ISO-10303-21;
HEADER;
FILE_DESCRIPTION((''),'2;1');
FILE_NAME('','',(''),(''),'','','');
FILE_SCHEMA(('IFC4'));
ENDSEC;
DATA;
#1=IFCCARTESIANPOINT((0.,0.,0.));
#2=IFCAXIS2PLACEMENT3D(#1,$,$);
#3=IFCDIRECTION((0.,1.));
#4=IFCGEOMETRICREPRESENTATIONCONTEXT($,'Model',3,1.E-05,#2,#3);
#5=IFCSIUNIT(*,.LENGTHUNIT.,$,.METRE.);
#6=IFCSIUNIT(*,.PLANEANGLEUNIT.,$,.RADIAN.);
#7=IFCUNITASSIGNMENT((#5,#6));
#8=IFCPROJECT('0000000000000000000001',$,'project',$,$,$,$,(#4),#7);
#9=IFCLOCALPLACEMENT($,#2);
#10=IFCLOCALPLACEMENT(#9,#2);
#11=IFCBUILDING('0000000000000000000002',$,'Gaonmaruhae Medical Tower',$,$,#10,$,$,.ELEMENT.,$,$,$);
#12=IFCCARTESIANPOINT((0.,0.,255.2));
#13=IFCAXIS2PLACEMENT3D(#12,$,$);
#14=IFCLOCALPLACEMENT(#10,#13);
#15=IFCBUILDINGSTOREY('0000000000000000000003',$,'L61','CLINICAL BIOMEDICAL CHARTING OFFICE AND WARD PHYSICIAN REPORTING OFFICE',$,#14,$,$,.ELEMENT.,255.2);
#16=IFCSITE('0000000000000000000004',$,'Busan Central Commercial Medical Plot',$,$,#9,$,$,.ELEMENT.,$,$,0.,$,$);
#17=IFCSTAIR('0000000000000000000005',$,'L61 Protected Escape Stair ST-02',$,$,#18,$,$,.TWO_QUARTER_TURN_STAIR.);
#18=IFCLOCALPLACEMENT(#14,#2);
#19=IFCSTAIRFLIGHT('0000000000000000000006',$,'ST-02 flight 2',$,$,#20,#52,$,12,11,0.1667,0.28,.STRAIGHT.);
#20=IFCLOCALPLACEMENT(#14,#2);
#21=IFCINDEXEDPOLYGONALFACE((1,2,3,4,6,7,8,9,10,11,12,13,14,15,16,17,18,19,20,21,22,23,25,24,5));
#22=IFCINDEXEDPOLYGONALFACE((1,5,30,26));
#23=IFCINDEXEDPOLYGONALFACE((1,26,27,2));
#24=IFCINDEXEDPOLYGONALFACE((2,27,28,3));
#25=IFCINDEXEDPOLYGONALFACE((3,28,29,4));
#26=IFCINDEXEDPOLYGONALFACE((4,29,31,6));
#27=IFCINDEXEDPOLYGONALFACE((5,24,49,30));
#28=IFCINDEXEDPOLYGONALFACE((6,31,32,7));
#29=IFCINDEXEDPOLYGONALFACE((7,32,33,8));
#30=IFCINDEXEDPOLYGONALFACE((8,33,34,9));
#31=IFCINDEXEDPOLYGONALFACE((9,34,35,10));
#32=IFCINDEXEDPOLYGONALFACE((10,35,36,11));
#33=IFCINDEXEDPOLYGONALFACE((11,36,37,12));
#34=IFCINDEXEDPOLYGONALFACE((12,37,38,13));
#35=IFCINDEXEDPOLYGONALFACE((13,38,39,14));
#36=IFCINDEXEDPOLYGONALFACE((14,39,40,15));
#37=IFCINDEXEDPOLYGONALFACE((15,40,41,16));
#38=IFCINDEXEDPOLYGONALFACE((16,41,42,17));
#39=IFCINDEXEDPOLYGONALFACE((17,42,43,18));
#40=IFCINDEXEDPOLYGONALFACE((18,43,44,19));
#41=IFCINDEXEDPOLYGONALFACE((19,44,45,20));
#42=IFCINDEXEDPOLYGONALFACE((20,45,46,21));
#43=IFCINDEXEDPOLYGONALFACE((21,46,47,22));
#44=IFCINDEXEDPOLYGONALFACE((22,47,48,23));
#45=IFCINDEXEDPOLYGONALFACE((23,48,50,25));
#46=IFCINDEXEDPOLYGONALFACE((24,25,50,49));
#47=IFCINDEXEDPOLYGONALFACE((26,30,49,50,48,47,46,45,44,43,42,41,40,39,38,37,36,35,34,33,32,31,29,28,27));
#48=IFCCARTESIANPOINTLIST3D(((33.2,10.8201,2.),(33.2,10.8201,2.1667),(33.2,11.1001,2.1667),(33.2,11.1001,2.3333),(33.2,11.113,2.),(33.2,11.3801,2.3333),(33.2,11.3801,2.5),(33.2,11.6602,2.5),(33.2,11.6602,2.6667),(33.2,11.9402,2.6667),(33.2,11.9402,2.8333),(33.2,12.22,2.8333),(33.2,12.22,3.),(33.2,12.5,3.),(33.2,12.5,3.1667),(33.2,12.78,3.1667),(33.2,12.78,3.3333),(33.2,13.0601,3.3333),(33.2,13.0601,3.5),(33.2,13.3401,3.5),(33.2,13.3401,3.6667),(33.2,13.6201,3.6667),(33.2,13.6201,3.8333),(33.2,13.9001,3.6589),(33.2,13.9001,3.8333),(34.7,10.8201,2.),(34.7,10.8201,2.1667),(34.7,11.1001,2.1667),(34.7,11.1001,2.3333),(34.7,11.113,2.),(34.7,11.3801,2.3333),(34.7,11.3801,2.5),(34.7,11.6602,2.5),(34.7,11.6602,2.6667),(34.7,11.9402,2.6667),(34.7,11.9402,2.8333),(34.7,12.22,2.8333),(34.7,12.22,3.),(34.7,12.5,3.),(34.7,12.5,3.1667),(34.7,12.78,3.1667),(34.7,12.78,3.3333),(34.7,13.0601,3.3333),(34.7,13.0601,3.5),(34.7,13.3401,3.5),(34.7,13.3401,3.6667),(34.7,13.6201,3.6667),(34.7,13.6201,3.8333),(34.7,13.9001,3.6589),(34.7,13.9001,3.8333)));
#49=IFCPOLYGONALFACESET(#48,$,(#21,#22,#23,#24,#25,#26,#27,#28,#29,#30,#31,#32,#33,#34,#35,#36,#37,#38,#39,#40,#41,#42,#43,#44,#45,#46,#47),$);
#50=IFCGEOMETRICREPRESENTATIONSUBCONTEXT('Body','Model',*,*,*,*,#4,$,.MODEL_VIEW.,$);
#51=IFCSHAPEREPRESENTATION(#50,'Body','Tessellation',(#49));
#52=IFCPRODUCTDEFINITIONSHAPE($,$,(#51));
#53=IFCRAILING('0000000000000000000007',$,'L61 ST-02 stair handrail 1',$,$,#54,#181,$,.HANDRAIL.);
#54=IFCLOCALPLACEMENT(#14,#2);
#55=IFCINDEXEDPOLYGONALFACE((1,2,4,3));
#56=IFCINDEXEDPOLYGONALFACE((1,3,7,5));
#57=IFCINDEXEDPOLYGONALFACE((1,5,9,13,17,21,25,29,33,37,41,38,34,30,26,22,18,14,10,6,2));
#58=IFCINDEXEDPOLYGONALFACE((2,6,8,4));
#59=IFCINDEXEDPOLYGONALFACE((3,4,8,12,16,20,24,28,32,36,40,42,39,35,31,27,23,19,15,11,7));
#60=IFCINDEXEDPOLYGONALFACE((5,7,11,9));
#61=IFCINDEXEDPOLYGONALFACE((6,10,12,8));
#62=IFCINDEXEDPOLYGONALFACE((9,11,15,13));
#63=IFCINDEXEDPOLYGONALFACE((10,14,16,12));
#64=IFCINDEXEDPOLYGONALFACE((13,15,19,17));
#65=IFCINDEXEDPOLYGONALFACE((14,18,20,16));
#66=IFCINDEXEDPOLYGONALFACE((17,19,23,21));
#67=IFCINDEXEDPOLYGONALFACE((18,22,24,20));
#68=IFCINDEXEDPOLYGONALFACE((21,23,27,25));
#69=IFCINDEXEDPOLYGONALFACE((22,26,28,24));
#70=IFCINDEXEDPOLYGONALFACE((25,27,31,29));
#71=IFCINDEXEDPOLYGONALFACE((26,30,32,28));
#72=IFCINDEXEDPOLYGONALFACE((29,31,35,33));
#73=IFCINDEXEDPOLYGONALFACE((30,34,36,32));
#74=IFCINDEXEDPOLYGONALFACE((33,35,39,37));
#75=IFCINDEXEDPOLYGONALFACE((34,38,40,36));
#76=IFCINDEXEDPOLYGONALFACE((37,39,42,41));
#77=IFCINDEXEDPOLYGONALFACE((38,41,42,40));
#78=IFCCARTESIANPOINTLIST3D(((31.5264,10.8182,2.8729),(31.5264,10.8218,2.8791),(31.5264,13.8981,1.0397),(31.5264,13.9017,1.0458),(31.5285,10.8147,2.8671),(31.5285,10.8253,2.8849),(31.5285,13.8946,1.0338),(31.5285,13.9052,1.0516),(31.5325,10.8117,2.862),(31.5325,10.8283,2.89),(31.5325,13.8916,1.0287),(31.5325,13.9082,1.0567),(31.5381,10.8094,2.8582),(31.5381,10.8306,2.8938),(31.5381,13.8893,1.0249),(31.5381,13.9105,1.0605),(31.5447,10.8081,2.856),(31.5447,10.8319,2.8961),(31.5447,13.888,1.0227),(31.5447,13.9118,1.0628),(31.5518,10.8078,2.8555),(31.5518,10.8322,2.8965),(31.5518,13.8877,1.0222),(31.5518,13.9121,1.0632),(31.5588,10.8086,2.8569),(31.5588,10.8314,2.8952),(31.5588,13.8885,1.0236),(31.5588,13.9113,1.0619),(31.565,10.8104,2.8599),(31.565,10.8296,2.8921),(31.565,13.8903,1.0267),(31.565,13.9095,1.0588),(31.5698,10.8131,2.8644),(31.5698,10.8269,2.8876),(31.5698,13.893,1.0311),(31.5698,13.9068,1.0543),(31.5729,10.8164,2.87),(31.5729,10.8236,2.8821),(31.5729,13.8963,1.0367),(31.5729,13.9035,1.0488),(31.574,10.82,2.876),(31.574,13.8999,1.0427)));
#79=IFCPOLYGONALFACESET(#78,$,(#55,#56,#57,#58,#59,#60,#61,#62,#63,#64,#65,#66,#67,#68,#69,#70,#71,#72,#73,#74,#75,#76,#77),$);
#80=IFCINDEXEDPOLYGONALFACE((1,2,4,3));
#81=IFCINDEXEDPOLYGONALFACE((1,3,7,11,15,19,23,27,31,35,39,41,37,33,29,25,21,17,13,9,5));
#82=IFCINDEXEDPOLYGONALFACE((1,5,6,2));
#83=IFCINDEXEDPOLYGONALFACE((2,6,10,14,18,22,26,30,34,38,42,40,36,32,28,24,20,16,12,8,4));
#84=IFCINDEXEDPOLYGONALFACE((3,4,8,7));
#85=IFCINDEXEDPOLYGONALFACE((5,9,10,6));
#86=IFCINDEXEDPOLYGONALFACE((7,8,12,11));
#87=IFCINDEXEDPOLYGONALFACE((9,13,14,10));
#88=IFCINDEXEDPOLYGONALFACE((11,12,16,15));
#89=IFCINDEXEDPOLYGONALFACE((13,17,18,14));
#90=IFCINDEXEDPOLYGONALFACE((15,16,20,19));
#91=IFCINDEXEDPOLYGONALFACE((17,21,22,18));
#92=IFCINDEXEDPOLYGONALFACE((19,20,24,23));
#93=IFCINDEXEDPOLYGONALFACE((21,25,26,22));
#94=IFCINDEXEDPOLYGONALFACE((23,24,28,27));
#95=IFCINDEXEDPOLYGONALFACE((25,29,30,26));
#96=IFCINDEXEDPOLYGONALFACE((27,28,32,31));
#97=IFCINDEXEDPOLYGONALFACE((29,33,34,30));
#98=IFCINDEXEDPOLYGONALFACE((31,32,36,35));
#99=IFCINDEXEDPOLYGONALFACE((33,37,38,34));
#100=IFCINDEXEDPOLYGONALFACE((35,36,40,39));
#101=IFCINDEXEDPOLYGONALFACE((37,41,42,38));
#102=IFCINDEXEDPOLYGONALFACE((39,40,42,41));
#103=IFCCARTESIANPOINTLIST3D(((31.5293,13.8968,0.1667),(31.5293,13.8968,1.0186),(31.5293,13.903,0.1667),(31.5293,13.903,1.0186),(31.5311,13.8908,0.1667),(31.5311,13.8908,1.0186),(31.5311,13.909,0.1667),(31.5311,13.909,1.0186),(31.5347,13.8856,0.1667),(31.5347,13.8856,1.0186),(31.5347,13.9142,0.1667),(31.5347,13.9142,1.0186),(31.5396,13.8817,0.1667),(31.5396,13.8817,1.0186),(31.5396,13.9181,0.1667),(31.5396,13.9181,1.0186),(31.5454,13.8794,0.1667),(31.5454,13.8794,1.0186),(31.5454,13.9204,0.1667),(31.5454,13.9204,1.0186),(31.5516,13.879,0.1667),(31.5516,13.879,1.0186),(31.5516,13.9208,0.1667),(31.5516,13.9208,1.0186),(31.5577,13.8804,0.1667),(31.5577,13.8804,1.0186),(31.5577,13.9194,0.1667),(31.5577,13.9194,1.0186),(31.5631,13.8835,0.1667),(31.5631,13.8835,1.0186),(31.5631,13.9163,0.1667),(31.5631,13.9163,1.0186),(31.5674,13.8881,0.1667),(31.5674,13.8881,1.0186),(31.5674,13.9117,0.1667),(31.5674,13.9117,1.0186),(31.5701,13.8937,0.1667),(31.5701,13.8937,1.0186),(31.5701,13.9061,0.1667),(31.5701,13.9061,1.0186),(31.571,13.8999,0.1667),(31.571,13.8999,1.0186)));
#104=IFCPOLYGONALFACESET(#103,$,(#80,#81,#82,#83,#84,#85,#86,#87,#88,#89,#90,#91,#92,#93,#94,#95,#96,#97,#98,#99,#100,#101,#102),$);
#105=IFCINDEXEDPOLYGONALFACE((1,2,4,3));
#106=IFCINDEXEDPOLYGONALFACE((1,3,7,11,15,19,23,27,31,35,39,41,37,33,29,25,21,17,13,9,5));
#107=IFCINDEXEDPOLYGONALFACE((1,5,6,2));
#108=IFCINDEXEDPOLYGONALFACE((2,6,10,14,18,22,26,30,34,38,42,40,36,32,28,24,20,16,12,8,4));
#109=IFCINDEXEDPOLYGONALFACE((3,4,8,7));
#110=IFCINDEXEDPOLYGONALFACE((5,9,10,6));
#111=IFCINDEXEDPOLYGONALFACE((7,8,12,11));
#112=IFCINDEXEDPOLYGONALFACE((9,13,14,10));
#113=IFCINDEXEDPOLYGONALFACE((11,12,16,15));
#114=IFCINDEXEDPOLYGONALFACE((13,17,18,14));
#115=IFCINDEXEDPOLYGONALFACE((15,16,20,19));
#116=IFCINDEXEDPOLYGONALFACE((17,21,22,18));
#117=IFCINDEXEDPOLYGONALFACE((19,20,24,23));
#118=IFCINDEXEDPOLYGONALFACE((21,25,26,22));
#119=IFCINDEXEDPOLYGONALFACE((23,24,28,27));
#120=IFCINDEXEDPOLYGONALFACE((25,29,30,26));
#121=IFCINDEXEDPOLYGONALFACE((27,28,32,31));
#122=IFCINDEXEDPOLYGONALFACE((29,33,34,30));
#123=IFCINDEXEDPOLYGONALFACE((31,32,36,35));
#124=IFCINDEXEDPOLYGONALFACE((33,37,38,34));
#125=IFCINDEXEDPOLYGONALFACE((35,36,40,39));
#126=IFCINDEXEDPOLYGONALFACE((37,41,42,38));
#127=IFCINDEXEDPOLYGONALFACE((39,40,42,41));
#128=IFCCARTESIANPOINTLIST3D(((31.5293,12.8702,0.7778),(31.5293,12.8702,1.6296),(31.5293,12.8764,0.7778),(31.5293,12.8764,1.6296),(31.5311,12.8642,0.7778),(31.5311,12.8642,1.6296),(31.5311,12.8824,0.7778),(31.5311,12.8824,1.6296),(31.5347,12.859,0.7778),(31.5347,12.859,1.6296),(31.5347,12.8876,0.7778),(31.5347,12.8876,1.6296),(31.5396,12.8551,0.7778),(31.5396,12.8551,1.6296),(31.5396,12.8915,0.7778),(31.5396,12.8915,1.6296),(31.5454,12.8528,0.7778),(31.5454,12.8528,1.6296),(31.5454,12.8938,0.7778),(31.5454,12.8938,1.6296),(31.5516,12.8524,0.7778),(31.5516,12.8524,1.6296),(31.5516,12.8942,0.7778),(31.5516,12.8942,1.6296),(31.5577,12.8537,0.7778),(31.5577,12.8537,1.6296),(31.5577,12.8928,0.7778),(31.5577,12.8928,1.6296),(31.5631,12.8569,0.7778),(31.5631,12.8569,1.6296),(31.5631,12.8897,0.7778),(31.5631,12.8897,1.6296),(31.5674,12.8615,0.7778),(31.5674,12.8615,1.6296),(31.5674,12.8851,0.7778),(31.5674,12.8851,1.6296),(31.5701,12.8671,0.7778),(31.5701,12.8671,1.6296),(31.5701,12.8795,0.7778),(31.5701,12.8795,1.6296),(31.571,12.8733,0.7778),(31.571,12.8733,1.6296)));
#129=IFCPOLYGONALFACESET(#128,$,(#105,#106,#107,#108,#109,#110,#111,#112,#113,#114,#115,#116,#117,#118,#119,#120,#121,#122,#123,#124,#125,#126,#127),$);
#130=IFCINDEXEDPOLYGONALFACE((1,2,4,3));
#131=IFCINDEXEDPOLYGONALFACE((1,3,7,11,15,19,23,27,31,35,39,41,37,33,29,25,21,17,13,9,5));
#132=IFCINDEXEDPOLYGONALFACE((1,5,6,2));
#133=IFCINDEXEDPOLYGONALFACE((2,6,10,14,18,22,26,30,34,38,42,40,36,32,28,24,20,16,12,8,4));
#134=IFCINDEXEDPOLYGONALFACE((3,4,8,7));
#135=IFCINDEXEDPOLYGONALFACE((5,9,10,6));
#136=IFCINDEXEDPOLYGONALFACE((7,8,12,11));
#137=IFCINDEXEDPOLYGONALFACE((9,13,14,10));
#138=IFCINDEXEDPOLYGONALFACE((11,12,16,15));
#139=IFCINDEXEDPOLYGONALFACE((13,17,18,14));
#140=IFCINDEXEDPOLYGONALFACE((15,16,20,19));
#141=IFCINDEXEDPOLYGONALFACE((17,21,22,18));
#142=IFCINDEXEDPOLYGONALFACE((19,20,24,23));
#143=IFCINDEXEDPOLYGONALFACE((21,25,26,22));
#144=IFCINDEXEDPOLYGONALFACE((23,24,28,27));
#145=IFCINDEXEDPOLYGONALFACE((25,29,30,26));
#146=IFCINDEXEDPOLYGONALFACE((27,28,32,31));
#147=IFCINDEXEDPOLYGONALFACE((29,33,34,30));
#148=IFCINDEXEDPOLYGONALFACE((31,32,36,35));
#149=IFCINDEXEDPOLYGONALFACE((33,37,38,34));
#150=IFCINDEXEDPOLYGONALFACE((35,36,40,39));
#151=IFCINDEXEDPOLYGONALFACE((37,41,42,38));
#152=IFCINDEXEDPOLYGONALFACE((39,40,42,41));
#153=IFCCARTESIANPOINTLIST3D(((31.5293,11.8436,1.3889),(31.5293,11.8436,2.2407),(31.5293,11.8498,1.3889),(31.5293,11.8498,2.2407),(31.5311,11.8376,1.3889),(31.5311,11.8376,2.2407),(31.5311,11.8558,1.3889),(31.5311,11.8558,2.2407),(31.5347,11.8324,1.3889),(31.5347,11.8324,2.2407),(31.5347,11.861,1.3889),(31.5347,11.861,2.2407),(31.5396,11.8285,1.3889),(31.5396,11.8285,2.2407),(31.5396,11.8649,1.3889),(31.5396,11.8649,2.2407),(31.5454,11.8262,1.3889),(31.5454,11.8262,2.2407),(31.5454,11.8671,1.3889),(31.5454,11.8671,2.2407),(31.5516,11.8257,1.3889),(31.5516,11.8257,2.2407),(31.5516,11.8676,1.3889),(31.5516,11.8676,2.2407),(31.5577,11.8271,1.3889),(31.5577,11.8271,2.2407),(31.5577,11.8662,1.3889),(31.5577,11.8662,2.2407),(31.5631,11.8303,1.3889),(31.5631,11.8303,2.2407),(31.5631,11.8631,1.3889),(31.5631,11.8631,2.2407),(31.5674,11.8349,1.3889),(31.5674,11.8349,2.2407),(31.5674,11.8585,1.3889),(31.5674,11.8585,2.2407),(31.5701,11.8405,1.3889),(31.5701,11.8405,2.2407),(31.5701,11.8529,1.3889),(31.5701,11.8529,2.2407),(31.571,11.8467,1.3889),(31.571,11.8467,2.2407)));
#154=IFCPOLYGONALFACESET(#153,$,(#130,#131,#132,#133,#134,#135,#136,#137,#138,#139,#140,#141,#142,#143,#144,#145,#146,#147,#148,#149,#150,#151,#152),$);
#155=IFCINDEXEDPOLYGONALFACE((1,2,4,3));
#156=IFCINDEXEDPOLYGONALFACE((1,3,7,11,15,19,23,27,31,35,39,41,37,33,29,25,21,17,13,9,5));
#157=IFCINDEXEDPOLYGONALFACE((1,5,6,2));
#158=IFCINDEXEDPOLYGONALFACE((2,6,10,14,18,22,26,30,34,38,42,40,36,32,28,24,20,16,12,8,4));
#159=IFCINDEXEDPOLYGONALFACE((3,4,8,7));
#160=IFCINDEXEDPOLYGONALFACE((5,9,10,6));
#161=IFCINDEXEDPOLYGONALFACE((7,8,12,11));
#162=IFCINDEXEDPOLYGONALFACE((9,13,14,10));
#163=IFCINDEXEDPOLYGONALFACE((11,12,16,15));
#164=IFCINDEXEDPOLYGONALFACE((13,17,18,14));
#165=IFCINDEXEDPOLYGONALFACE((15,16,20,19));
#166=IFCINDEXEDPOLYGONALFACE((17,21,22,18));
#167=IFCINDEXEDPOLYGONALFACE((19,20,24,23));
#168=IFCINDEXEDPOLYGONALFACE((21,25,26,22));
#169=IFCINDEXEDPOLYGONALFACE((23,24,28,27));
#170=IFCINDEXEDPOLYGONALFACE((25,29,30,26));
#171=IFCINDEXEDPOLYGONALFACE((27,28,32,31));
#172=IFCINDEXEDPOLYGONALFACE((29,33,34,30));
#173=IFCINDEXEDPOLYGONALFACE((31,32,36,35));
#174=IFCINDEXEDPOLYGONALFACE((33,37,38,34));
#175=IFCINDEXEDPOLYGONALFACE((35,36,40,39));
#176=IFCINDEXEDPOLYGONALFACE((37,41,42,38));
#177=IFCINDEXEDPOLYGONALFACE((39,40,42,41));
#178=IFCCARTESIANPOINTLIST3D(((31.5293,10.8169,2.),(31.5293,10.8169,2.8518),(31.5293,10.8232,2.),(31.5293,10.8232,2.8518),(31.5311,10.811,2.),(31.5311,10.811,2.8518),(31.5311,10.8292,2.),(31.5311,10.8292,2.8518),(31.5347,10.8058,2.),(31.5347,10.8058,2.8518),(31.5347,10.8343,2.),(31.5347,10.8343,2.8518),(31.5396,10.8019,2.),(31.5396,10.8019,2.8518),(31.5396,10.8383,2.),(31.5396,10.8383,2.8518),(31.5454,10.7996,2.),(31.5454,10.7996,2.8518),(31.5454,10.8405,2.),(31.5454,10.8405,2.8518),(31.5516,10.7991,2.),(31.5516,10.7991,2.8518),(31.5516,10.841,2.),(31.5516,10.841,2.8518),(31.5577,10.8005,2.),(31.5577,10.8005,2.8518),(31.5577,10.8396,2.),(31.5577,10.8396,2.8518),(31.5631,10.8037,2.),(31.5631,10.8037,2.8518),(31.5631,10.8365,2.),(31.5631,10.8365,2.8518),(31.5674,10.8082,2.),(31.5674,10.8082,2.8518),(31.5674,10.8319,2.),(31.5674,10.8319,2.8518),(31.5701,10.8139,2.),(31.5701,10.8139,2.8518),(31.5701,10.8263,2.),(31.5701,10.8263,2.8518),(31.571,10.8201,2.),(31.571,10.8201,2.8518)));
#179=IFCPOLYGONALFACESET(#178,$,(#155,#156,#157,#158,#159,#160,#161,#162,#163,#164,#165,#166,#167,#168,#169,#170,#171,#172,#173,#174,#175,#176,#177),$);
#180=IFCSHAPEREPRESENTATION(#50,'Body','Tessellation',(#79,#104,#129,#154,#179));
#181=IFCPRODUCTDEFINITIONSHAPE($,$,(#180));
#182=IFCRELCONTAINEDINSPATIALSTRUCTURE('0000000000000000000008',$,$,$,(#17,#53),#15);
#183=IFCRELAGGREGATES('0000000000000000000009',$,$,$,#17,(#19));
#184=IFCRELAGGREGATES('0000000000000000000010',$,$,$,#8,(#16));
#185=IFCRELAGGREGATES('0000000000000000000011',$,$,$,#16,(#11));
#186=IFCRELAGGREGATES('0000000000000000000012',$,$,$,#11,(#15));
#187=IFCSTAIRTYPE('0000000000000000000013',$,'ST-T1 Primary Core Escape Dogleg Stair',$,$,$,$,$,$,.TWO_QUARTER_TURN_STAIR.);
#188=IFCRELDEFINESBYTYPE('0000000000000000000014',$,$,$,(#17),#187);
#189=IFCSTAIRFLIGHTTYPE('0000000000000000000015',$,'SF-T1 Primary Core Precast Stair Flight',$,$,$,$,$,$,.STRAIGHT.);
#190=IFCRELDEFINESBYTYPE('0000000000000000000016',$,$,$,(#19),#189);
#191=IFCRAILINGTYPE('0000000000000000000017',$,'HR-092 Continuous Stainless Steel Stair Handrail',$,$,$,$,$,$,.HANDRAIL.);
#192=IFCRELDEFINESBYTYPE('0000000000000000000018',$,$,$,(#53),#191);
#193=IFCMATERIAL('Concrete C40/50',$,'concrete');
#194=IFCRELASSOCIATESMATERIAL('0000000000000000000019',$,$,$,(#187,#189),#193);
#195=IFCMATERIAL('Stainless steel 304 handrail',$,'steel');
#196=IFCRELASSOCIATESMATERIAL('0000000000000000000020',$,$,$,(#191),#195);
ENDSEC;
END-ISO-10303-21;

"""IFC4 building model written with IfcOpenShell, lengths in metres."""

from ifc_helpers import new_model, si_unit, direction, frame, origin, origin_2d, place, context, subcontext, project, spatial, polyline, circle, outline, extrude, material, type_object, element, aggregate, save


model = new_model("IFC4")

# Units and contexts
model_context = context("Model", 3, precision=1e-05, world=origin(), true_north=direction((0.0, 1.0)))
body_context = subcontext(model_context, "Body", "Model", "MODEL_VIEW")
ifc_project = project(units=[si_unit("LENGTHUNIT", "METRE"), si_unit("PLANEANGLEUNIT", "RADIAN")], contexts=[model_context])

# Site, building, storey
site_placement = place(None, origin())
site = spatial("IfcSite", under=ifc_project, at=site_placement, Name="Busan Central Commercial Medical Plot", CompositionType="ELEMENT", RefElevation=0.0)
building_placement = place(site_placement, origin())
building = spatial("IfcBuilding", under=site, at=building_placement, Name="Gaonmaruhae Medical Tower", CompositionType="ELEMENT")
storey_placement = place(building_placement, frame((0.0, 0.0, 255.2)))
storey = spatial("IfcBuildingStorey", under=building, at=storey_placement, Name="L61", Description="CLINICAL BIOMEDICAL CHARTING OFFICE AND WARD PHYSICIAN REPORTING OFFICE", CompositionType="ELEMENT", Elevation=255.2)

# Stair, stair flight
ifc_material_1 = material(Name="Concrete C40/50", Category="concrete")
stair_type = type_object("IfcStairType", Name="ST-T1 Primary Core Escape Dogleg Stair", PredefinedType="TWO_QUARTER_TURN_STAIR", material=ifc_material_1)
stair_placement = place(storey_placement, origin())
stair = element("IfcStair", 1, at=stair_placement, inside=storey, type_object=stair_type, Name="L61 Protected Escape Stair ST-02", PredefinedType="TWO_QUARTER_TURN_STAIR")
stair_flight_type = type_object("IfcStairFlightType", Name="SF-T1 Primary Core Precast Stair Flight", PredefinedType="STRAIGHT", material=ifc_material_1)
stair_flight_1_placement = place(storey_placement, frame((33.95, 10.8201, 2.0), z_axis=(0.0, 0.0, 1.0), x_axis=(0.0, 1.0, 0.0)))
stair_flight_1 = element("IfcStairFlight", 2, at=stair_flight_1_placement, type_object=stair_flight_type, Name="ST-02 flight 2", NumberOfRisers=12, NumberOfTreads=11, PredefinedType="STRAIGHT", RiserHeight=0.1667, TreadLength=0.28, context=body_context, shape_type="SweptSolid", body=[
    extrude(outline(polyline([(0.0, 0.0), (0.0, 0.1667), (0.28, 0.1667), (0.28, 0.3333), (0.5601, 0.3333), (0.5601, 0.5), (0.8401, 0.5), (0.8401, 0.6667), (1.1201, 0.6667), (1.1201, 0.8333), (1.3999, 0.8333), (1.3999, 1.0), (1.6799, 1.0), (1.6799, 1.1667), (1.96, 1.1667), (1.96, 1.3333), (2.24, 1.3333), (2.24, 1.5), (2.52, 1.5), (2.52, 1.6667), (2.8, 1.6667), (2.8, 1.8333), (3.0801, 1.8333), (3.0801, 2.0), (3.0801, 1.6589), (0.293, 0.0), (0.0, 0.0)])), frame((0.0, 0.75, 0.0), z_axis=(0.0, -1.0, 0.0), x_axis=(1.0, 0.0, 0.0)), (0.0, 0.0, 1.0), 1.5),
])
aggregate(stair, [stair_flight_1])

# Railing
ifc_material_2 = material(Name="Stainless steel 304 handrail", Category="steel")
railing_type_1 = type_object("IfcRailingType", Name="HR-092 Continuous Stainless Steel Stair Handrail", PredefinedType="HANDRAIL", material=ifc_material_2)
railing_1_placement = place(storey_placement, frame((31.55, 13.8999, 0.1667)))
element("IfcRailing", 3, at=railing_1_placement, inside=storey, type_object=railing_type_1, Name="L61 ST-02 stair handrail 1", PredefinedType="HANDRAIL", context=body_context, shape_type="SweptSolid", body=[
    extrude(circle(Radius=0.0239, at=origin_2d()), frame((0.0, 0.0, 0.876), z_axis=(0.0, -0.859291, 0.511487), x_axis=(1.0, 0.0, 0.0)), (0.0, 0.0, 1.0), 3.5842),
    extrude(circle(Radius=0.021, at=origin_2d()), origin(), (0.0, 0.0, 1.0), 0.8518),
    extrude(circle(Radius=0.021, at=origin_2d()), frame((0.0, -1.0266, 0.6111)), (0.0, 0.0, 1.0), 0.8518),
    extrude(circle(Radius=0.021, at=origin_2d()), frame((0.0, -2.0532, 1.2222)), (0.0, 0.0, 1.0), 0.8518),
    extrude(circle(Radius=0.021, at=origin_2d()), frame((0.0, -3.0798, 1.8333)), (0.0, 0.0, 1.0), 0.8518),
])

save(model, "model.ifc")
